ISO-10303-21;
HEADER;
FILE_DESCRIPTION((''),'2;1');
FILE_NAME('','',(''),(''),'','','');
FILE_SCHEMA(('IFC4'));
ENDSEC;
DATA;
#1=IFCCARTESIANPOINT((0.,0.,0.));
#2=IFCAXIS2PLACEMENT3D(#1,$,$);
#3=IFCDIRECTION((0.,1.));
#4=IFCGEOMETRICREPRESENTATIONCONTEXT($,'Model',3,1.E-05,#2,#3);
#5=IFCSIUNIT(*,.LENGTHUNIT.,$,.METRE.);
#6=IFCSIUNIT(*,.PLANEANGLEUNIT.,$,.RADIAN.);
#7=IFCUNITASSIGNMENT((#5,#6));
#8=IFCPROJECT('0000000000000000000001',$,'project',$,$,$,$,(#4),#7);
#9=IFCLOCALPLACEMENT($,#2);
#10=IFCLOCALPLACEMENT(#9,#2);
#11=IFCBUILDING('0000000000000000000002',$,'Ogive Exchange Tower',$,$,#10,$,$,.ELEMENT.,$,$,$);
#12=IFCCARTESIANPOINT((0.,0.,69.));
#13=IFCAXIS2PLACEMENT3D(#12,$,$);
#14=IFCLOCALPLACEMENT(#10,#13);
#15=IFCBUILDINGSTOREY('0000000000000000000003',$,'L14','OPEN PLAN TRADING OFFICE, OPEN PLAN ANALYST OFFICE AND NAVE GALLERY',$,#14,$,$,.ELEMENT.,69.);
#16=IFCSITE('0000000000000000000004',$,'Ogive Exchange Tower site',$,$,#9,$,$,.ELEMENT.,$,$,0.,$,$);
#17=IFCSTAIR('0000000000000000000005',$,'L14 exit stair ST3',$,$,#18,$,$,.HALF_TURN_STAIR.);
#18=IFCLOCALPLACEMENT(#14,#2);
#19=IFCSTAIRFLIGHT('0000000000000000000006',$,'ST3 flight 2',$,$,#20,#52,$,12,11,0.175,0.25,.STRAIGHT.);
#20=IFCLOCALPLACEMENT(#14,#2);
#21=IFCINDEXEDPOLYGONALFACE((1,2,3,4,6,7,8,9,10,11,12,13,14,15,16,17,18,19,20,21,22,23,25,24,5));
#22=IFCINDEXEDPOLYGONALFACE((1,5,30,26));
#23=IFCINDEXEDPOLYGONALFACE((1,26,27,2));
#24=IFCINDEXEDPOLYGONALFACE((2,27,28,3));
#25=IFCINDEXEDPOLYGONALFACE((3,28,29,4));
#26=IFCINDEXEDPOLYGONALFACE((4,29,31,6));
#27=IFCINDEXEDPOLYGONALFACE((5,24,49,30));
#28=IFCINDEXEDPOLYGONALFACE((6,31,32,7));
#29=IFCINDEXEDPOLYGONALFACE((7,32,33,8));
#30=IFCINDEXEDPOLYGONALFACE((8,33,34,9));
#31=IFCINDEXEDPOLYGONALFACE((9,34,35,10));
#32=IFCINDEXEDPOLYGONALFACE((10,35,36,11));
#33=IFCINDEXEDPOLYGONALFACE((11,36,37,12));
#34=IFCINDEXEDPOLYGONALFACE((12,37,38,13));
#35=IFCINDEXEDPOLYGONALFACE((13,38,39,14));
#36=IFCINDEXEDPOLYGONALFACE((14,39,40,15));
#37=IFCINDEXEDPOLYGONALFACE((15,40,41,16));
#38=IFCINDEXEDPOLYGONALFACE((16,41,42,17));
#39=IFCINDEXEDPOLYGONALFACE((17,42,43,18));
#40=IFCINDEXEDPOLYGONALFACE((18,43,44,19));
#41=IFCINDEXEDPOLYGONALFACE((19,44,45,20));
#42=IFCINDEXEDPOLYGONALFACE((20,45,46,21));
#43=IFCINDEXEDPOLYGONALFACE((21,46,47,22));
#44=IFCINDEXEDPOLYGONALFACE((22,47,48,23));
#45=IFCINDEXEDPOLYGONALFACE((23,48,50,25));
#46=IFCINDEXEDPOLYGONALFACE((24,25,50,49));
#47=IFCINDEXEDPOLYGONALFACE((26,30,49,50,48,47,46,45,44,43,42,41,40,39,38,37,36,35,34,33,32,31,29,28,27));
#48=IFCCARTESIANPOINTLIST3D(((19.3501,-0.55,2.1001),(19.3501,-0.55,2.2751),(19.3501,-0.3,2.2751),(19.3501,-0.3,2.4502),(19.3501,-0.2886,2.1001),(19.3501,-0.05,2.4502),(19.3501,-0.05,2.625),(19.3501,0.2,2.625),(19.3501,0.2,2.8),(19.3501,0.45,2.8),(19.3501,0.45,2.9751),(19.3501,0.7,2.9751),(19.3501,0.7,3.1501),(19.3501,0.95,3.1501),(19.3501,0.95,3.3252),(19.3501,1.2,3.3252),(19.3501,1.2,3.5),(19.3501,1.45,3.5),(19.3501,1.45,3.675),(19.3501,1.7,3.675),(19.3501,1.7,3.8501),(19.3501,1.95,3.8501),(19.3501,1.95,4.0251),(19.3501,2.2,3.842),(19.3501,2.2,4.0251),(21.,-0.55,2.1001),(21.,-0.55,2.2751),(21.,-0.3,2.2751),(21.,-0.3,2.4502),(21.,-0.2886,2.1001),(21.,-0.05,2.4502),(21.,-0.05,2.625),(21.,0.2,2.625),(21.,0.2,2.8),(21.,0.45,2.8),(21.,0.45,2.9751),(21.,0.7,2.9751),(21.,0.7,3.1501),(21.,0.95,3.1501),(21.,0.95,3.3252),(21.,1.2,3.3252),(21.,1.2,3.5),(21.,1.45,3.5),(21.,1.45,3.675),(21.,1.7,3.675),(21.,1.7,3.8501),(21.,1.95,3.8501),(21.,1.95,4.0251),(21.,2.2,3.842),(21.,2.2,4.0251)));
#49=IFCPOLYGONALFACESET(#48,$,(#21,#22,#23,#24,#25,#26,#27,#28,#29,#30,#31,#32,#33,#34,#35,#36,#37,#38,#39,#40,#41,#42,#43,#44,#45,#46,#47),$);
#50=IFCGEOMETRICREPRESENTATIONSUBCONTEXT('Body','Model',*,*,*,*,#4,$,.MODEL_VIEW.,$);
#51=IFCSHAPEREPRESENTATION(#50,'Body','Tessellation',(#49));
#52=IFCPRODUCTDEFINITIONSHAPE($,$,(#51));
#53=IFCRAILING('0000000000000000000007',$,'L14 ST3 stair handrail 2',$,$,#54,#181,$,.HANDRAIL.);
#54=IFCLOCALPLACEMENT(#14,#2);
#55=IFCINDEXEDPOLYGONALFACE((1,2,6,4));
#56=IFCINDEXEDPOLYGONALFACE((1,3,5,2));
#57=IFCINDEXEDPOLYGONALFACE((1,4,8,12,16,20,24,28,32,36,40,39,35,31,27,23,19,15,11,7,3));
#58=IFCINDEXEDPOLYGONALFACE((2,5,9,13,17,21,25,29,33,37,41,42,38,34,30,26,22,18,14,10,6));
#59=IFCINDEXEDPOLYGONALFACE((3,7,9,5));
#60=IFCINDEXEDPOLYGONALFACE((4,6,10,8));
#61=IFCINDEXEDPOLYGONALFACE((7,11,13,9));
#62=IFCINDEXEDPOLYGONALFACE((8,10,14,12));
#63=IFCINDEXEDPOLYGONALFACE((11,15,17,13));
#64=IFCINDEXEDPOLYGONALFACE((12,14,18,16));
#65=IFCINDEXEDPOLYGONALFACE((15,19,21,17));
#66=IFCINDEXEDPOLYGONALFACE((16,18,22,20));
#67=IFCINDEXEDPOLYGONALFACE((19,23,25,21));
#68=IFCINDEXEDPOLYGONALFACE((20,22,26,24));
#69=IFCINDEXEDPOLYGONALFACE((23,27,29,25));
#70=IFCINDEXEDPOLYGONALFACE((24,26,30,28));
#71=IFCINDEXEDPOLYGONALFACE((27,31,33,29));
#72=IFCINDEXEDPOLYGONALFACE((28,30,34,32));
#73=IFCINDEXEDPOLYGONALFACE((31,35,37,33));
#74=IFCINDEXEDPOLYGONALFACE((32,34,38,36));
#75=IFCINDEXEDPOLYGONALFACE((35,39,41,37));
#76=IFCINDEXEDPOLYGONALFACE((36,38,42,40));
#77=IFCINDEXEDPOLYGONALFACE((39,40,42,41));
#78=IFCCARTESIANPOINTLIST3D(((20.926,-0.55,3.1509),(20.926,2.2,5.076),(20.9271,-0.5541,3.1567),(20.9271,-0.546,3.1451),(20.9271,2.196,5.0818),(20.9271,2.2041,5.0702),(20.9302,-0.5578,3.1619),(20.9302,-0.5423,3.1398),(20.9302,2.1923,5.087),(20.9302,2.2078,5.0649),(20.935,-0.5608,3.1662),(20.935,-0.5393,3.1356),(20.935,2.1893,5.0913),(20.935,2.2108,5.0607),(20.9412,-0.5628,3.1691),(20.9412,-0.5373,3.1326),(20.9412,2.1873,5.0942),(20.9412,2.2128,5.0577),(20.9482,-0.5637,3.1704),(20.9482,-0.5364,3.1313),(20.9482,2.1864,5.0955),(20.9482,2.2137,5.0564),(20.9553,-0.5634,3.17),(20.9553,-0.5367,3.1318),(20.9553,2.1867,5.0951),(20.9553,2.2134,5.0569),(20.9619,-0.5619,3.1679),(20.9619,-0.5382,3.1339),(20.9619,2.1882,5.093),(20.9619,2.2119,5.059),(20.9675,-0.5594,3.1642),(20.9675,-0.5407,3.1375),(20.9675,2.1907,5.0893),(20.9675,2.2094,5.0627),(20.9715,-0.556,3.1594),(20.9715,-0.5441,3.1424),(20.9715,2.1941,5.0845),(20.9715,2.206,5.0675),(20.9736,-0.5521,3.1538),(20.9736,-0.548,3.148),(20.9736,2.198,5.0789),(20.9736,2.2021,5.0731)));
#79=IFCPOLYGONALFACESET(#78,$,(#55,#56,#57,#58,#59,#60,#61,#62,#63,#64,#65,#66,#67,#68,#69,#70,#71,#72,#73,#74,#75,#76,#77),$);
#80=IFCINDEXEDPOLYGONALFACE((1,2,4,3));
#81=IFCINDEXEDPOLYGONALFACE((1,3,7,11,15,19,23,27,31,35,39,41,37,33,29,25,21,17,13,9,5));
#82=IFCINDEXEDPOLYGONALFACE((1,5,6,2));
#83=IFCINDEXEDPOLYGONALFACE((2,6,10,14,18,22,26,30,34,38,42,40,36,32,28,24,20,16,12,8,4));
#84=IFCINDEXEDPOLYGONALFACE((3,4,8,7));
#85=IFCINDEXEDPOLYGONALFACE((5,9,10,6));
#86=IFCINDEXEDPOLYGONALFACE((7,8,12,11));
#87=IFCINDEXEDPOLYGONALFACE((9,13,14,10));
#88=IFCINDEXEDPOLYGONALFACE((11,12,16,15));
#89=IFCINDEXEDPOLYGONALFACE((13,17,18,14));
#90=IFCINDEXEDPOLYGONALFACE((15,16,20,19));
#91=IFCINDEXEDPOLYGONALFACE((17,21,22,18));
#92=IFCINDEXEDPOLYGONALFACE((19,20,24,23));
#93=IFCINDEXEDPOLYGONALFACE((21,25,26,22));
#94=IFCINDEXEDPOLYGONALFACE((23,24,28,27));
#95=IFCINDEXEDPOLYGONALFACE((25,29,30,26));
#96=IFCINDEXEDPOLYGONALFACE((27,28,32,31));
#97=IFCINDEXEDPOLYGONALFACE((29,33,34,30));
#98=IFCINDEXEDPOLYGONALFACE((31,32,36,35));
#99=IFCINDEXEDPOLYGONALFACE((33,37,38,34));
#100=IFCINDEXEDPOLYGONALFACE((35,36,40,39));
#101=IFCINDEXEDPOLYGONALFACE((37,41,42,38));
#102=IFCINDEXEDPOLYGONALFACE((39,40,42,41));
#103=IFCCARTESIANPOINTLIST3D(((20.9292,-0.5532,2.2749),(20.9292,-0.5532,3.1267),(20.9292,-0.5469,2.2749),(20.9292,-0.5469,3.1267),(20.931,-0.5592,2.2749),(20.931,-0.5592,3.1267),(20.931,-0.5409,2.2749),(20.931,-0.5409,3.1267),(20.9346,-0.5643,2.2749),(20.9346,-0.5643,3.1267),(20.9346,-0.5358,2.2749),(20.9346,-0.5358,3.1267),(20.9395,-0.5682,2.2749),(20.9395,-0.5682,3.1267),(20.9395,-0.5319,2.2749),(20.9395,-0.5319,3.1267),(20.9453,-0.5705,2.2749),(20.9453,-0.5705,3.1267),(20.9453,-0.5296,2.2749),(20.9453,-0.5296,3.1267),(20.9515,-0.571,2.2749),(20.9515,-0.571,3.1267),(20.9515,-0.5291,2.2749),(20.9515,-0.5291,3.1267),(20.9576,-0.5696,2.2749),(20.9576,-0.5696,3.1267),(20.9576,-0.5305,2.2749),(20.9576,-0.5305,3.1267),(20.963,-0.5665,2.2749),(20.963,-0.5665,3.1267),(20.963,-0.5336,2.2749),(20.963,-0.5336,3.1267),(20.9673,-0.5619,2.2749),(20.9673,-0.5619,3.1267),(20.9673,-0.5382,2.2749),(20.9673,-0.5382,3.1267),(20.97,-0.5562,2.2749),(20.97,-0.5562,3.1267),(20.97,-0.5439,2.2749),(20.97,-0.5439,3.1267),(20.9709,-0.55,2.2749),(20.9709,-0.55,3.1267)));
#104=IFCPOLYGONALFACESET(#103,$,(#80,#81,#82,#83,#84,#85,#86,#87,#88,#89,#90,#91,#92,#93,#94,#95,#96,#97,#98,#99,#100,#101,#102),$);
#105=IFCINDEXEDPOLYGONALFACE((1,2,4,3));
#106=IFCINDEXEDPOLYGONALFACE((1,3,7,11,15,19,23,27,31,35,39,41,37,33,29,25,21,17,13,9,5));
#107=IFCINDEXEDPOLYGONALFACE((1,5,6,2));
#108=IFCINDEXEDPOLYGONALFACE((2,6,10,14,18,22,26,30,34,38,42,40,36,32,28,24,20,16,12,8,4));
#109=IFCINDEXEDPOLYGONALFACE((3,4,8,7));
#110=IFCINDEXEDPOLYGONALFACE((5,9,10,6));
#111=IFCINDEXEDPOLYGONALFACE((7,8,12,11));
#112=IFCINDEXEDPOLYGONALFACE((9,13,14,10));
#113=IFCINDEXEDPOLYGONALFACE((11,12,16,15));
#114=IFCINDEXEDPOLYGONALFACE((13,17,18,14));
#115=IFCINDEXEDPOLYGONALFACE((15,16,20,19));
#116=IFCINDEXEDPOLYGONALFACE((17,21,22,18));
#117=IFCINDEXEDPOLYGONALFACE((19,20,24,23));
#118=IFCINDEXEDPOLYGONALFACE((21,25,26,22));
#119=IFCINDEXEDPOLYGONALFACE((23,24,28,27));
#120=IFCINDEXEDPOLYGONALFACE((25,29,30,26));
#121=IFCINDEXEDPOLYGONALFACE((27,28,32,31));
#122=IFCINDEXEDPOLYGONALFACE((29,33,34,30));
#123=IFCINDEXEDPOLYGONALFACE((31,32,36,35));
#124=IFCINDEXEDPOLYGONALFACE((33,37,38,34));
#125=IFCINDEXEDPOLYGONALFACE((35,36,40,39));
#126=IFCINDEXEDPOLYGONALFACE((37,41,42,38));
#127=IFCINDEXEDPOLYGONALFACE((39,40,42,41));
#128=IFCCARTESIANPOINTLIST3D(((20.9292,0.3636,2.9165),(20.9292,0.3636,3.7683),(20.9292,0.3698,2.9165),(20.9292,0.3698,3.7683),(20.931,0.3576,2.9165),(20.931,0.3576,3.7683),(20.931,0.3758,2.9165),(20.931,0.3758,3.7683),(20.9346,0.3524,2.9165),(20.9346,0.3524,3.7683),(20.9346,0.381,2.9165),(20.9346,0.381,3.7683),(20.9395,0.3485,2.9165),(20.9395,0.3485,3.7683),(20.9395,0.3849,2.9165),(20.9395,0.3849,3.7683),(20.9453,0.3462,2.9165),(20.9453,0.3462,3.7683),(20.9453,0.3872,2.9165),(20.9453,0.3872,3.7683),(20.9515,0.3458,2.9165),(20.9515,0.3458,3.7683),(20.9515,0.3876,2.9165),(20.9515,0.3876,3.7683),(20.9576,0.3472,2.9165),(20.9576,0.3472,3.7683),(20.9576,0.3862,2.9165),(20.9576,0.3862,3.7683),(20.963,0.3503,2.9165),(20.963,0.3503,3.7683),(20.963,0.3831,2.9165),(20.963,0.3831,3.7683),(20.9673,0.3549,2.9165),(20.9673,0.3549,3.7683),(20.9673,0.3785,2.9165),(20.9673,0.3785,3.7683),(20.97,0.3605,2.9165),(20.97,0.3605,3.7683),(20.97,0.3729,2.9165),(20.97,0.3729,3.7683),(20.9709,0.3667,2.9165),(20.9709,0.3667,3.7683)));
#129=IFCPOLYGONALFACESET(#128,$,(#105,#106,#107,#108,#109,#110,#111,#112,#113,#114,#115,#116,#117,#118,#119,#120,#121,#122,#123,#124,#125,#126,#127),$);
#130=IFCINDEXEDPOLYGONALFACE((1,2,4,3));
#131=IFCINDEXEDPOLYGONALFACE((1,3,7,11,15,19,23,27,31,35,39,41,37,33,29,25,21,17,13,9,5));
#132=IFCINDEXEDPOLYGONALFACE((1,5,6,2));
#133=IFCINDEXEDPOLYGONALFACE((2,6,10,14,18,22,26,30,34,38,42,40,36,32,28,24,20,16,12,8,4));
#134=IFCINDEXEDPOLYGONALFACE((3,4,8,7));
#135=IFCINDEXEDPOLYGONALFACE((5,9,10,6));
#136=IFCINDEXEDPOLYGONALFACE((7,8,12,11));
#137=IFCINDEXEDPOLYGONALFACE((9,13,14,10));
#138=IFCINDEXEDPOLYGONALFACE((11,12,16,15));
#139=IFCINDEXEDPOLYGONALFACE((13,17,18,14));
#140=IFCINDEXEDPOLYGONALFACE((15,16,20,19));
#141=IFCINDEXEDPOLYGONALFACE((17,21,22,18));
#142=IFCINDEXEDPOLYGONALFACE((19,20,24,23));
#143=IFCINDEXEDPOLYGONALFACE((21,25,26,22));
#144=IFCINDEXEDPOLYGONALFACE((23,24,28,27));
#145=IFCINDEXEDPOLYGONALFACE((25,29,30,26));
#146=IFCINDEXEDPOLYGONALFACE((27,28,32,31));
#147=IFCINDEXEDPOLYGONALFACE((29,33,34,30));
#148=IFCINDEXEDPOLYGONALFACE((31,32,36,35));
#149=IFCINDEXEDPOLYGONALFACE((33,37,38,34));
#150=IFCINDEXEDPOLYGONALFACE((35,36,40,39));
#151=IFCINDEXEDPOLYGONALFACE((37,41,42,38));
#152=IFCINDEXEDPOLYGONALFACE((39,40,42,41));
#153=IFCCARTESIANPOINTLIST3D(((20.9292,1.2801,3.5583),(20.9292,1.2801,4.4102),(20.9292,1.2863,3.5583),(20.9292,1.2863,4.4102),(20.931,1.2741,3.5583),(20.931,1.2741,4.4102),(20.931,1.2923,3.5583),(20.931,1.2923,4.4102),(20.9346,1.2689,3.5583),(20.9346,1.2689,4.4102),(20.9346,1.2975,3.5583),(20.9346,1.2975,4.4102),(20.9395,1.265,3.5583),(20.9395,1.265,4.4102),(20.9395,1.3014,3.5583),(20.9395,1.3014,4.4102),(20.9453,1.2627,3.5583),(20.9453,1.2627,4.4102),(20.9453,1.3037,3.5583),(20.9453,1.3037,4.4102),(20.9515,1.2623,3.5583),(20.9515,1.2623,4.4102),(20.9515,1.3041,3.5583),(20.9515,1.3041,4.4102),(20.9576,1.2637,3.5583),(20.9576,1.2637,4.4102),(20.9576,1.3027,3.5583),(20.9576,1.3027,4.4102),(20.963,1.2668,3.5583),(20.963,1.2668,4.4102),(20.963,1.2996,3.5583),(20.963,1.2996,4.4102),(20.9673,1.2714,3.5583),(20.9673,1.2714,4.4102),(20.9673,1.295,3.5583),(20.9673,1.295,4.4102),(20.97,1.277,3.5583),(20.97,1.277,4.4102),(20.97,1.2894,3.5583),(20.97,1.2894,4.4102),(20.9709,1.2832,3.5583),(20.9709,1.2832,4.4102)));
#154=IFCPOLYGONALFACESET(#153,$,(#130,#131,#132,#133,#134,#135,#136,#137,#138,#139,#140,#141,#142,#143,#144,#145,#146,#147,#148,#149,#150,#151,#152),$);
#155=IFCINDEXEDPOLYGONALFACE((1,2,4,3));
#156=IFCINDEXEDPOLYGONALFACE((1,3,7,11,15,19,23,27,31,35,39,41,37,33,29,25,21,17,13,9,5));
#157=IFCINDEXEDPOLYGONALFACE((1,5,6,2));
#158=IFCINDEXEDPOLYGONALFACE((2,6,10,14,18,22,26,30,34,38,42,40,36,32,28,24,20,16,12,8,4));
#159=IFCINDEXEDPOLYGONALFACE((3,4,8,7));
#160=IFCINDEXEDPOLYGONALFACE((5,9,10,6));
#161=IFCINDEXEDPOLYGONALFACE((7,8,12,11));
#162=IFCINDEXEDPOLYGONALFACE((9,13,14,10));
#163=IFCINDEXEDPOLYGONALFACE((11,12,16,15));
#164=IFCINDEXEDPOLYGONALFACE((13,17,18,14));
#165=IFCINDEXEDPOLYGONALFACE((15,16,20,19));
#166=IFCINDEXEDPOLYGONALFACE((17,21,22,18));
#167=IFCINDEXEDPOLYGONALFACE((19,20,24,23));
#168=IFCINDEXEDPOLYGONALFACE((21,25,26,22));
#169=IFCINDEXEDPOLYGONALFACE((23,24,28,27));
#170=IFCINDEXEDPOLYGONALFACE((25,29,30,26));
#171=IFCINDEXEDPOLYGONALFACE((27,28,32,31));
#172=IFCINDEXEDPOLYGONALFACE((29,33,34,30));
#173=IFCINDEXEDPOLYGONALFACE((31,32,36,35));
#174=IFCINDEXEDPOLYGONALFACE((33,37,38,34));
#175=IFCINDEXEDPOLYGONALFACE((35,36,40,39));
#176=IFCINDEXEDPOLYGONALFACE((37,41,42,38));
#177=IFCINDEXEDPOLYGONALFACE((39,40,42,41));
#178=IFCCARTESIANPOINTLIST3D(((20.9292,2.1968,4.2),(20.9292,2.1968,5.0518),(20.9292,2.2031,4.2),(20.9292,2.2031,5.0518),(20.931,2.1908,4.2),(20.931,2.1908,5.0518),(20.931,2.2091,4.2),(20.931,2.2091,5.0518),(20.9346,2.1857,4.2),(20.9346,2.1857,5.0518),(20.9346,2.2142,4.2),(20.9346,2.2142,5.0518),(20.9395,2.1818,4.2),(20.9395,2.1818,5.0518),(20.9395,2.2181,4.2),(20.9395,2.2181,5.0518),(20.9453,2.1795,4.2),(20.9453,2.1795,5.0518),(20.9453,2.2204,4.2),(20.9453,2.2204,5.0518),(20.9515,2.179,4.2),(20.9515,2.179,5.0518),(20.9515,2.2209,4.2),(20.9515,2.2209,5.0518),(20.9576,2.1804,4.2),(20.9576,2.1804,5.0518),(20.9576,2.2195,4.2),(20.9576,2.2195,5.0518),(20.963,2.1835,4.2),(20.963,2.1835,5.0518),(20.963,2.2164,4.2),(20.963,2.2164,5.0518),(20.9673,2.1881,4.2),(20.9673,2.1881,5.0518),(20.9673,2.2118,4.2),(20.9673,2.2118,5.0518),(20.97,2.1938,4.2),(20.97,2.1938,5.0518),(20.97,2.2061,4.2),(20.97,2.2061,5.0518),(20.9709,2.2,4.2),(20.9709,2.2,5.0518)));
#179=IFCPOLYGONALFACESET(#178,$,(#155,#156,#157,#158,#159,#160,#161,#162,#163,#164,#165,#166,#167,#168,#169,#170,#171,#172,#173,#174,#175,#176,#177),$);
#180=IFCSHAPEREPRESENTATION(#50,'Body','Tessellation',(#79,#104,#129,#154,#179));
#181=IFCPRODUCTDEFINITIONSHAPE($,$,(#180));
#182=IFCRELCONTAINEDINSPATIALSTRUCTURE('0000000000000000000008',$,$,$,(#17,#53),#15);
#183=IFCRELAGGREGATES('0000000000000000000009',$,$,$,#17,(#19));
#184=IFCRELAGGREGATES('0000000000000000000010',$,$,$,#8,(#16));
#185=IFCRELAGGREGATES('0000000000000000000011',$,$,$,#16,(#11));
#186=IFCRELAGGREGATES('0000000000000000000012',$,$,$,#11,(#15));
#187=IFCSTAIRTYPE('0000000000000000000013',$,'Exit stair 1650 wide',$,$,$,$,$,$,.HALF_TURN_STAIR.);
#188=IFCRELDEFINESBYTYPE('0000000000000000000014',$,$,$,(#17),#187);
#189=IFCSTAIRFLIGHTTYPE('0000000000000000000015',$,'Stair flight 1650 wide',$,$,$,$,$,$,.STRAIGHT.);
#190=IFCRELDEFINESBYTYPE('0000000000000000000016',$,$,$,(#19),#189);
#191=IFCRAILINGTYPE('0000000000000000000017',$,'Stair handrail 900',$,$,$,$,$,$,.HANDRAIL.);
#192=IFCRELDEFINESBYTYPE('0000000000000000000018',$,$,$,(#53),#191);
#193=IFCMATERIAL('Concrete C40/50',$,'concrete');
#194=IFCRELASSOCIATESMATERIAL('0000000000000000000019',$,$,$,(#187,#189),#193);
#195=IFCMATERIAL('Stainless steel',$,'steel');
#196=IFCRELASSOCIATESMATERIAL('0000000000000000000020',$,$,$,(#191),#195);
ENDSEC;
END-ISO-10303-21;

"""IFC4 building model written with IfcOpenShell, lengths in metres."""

from ifc_helpers import new_model, si_unit, direction, frame, origin, origin_2d, place, context, subcontext, project, spatial, polyline, circle, outline, extrude, material, type_object, element, aggregate, save


model = new_model("IFC4")

# Units and contexts
model_context = context("Model", 3, precision=1e-05, world=origin(), true_north=direction((0.0, 1.0)))
body_context = subcontext(model_context, "Body", "Model", "MODEL_VIEW")
ifc_project = project(units=[si_unit("LENGTHUNIT", "METRE"), si_unit("PLANEANGLEUNIT", "RADIAN")], contexts=[model_context])

# Site, building, storey
site_placement = place(None, origin())
site = spatial("IfcSite", under=ifc_project, at=site_placement, Name="Ogive Exchange Tower site", CompositionType="ELEMENT", RefElevation=0.0)
building_placement = place(site_placement, origin())
building = spatial("IfcBuilding", under=site, at=building_placement, Name="Ogive Exchange Tower", CompositionType="ELEMENT")
storey_placement = place(building_placement, frame((0.0, 0.0, 69.0)))
storey = spatial("IfcBuildingStorey", under=building, at=storey_placement, Name="L14", Description="OPEN PLAN TRADING OFFICE, OPEN PLAN ANALYST OFFICE AND NAVE GALLERY", CompositionType="ELEMENT", Elevation=69.0)

# Stair, stair flight
ifc_material_1 = material(Name="Concrete C40/50", Category="concrete")
stair_type = type_object("IfcStairType", Name="Exit stair 1650 wide", PredefinedType="HALF_TURN_STAIR", material=ifc_material_1)
stair_placement = place(storey_placement, origin())
stair = element("IfcStair", 1, at=stair_placement, inside=storey, type_object=stair_type, Name="L14 exit stair ST3", PredefinedType="HALF_TURN_STAIR")
stair_flight_type = type_object("IfcStairFlightType", Name="Stair flight 1650 wide", PredefinedType="STRAIGHT", material=ifc_material_1)
stair_flight_placement = place(storey_placement, frame((20.175, -0.55, 2.1001), z_axis=(0.0, 0.0, 1.0), x_axis=(0.0, 1.0, 0.0)))
stair_flight = element("IfcStairFlight", 2, at=stair_flight_placement, type_object=stair_flight_type, Name="ST3 flight 2", NumberOfRisers=12, NumberOfTreads=11, PredefinedType="STRAIGHT", RiserHeight=0.175, TreadLength=0.25, context=body_context, shape_type="SweptSolid", body=[
    extrude(outline(polyline([(0.0, 0.0), (0.0, 0.175), (0.25, 0.175), (0.25, 0.3501), (0.5, 0.3501), (0.5, 0.5249), (0.75, 0.5249), (0.75, 0.7), (1.0, 0.7), (1.0, 0.875), (1.25, 0.875), (1.25, 1.05), (1.5, 1.05), (1.5, 1.2251), (1.75, 1.2251), (1.75, 1.3999), (2.0, 1.3999), (2.0, 1.575), (2.25, 1.575), (2.25, 1.75), (2.5, 1.75), (2.5, 1.925), (2.75, 1.925), (2.75, 2.1001), (2.75, 1.7419), (0.2615, 0.0), (0.0, 0.0)])), frame((0.0, 0.825, 0.0), z_axis=(0.0, -1.0, 0.0), x_axis=(1.0, 0.0, 0.0)), (0.0, 0.0, 1.0), 1.6499),
])
aggregate(stair, [stair_flight])

# Railing
ifc_material_2 = material(Name="Stainless steel", Category="steel")
railing_type = type_object("IfcRailingType", Name="Stair handrail 900", PredefinedType="HANDRAIL", material=ifc_material_2)
railing_placement = place(storey_placement, frame((20.95, -0.55, 2.2749)))
element("IfcRailing", 3, at=railing_placement, inside=storey, type_object=railing_type, Name="L14 ST3 stair handrail 2", PredefinedType="HANDRAIL", context=body_context, shape_type="SweptSolid", body=[
    extrude(circle(Radius=0.0239, at=origin_2d()), frame((0.0, 0.0, 0.876), z_axis=(0.0, 0.819225, 0.573472), x_axis=(-1.0, 0.0, 0.0)), (0.0, 0.0, 1.0), 3.3569),
    extrude(circle(Radius=0.021, at=origin_2d()), origin(), (0.0, 0.0, 1.0), 0.8518),
    extrude(circle(Radius=0.021, at=origin_2d()), frame((0.0, 0.9167, 0.6416)), (0.0, 0.0, 1.0), 0.8518),
    extrude(circle(Radius=0.021, at=origin_2d()), frame((0.0, 1.8333, 1.2834)), (0.0, 0.0, 1.0), 0.8518),
    extrude(circle(Radius=0.021, at=origin_2d()), frame((0.0, 2.75, 1.925)), (0.0, 0.0, 1.0), 0.8518),
])

save(model, "model.ifc")
